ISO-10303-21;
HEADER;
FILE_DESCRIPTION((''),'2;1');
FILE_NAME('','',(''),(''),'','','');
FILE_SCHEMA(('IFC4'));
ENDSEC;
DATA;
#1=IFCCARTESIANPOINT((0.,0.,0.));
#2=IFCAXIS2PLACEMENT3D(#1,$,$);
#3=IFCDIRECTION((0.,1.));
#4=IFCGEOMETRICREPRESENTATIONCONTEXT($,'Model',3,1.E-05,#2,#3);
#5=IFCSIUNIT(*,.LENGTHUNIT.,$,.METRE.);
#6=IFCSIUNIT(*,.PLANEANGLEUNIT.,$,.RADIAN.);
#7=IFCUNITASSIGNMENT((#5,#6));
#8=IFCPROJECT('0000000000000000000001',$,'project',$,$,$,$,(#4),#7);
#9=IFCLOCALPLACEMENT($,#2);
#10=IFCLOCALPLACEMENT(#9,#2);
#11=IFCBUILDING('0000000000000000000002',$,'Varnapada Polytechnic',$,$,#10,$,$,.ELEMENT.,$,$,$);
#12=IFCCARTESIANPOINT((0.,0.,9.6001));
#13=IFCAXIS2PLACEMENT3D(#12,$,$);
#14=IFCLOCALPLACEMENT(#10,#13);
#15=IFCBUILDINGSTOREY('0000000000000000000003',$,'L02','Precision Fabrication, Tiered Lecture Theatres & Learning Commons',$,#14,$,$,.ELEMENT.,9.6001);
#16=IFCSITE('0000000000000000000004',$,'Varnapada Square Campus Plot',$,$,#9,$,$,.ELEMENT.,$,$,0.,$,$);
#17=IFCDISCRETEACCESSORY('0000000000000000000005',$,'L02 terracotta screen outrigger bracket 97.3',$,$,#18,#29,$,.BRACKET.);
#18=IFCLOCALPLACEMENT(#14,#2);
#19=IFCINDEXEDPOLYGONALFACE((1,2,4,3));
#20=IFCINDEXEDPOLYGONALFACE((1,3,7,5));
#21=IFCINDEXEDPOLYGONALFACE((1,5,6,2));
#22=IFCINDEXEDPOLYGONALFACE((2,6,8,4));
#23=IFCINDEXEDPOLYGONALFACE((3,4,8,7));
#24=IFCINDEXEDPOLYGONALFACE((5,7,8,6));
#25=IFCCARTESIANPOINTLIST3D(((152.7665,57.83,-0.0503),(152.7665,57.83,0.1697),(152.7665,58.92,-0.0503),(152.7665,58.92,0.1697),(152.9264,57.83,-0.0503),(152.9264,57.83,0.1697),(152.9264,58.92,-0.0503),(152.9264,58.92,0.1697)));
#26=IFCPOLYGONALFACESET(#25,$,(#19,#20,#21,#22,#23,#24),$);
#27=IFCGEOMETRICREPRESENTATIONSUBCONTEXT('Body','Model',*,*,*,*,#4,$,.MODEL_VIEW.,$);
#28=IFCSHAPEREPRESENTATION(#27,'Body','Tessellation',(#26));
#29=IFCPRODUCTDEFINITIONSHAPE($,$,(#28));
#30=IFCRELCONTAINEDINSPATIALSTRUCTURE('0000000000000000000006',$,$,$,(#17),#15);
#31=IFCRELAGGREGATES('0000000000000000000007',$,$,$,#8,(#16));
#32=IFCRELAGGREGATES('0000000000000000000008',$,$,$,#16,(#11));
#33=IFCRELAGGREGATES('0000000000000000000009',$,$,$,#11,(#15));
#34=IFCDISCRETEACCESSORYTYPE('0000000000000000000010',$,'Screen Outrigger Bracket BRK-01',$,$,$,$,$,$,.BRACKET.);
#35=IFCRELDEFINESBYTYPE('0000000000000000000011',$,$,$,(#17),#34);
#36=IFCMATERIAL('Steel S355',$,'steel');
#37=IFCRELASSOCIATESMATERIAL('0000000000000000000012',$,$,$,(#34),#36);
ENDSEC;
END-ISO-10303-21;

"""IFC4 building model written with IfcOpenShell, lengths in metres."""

from ifc_helpers import new_model, si_unit, direction, frame, origin, origin_2d, place, context, subcontext, project, spatial, rectangle, extrude, material, type_object, element, save


model = new_model("IFC4")

# Units and contexts
model_context = context("Model", 3, precision=1e-05, world=origin(), true_north=direction((0.0, 1.0)))
body_context = subcontext(model_context, "Body", "Model", "MODEL_VIEW")
ifc_project = project(units=[si_unit("LENGTHUNIT", "METRE"), si_unit("PLANEANGLEUNIT", "RADIAN")], contexts=[model_context])

# Site, building, storey
site_placement = place(None, origin())
site = spatial("IfcSite", under=ifc_project, at=site_placement, Name="Varnapada Square Campus Plot", CompositionType="ELEMENT", RefElevation=0.0)
building_placement = place(site_placement, origin())
building = spatial("IfcBuilding", under=site, at=building_placement, Name="Varnapada Polytechnic", CompositionType="ELEMENT")
storey_placement = place(building_placement, frame((0.0, 0.0, 9.6001)))
storey = spatial("IfcBuildingStorey", under=building, at=storey_placement, Name="L02", Description="Precision Fabrication, Tiered Lecture Theatres & Learning Commons", CompositionType="ELEMENT", Elevation=9.6001)

# Discrete accessory
ifc_material_1 = material(Name="Steel S355", Category="steel")
discrete_accessory_type = type_object("IfcDiscreteAccessoryType", Name="Screen Outrigger Bracket BRK-01", PredefinedType="BRACKET", material=ifc_material_1)
for number, where, z_axis, x_axis, name in (
    (1, (152.8464, 58.375, -0.0503), (0.0, 0.0, 1.0), (-1.0, 0.0, 0.0), "L02 terracotta screen outrigger bracket 97.3"),
):
    element("IfcDiscreteAccessory", number, at=place(storey_placement, frame(where, z_axis=z_axis, x_axis=x_axis)), inside=storey, type_object=discrete_accessory_type, Name=name, PredefinedType="BRACKET", context=body_context, shape_type="SweptSolid", body=[
        extrude(rectangle(XDim=0.1599, YDim=1.0901, at=origin_2d()), origin(), (0.0, 0.0, 1.0), 0.22),
    ])

save(model, "model.ifc")
